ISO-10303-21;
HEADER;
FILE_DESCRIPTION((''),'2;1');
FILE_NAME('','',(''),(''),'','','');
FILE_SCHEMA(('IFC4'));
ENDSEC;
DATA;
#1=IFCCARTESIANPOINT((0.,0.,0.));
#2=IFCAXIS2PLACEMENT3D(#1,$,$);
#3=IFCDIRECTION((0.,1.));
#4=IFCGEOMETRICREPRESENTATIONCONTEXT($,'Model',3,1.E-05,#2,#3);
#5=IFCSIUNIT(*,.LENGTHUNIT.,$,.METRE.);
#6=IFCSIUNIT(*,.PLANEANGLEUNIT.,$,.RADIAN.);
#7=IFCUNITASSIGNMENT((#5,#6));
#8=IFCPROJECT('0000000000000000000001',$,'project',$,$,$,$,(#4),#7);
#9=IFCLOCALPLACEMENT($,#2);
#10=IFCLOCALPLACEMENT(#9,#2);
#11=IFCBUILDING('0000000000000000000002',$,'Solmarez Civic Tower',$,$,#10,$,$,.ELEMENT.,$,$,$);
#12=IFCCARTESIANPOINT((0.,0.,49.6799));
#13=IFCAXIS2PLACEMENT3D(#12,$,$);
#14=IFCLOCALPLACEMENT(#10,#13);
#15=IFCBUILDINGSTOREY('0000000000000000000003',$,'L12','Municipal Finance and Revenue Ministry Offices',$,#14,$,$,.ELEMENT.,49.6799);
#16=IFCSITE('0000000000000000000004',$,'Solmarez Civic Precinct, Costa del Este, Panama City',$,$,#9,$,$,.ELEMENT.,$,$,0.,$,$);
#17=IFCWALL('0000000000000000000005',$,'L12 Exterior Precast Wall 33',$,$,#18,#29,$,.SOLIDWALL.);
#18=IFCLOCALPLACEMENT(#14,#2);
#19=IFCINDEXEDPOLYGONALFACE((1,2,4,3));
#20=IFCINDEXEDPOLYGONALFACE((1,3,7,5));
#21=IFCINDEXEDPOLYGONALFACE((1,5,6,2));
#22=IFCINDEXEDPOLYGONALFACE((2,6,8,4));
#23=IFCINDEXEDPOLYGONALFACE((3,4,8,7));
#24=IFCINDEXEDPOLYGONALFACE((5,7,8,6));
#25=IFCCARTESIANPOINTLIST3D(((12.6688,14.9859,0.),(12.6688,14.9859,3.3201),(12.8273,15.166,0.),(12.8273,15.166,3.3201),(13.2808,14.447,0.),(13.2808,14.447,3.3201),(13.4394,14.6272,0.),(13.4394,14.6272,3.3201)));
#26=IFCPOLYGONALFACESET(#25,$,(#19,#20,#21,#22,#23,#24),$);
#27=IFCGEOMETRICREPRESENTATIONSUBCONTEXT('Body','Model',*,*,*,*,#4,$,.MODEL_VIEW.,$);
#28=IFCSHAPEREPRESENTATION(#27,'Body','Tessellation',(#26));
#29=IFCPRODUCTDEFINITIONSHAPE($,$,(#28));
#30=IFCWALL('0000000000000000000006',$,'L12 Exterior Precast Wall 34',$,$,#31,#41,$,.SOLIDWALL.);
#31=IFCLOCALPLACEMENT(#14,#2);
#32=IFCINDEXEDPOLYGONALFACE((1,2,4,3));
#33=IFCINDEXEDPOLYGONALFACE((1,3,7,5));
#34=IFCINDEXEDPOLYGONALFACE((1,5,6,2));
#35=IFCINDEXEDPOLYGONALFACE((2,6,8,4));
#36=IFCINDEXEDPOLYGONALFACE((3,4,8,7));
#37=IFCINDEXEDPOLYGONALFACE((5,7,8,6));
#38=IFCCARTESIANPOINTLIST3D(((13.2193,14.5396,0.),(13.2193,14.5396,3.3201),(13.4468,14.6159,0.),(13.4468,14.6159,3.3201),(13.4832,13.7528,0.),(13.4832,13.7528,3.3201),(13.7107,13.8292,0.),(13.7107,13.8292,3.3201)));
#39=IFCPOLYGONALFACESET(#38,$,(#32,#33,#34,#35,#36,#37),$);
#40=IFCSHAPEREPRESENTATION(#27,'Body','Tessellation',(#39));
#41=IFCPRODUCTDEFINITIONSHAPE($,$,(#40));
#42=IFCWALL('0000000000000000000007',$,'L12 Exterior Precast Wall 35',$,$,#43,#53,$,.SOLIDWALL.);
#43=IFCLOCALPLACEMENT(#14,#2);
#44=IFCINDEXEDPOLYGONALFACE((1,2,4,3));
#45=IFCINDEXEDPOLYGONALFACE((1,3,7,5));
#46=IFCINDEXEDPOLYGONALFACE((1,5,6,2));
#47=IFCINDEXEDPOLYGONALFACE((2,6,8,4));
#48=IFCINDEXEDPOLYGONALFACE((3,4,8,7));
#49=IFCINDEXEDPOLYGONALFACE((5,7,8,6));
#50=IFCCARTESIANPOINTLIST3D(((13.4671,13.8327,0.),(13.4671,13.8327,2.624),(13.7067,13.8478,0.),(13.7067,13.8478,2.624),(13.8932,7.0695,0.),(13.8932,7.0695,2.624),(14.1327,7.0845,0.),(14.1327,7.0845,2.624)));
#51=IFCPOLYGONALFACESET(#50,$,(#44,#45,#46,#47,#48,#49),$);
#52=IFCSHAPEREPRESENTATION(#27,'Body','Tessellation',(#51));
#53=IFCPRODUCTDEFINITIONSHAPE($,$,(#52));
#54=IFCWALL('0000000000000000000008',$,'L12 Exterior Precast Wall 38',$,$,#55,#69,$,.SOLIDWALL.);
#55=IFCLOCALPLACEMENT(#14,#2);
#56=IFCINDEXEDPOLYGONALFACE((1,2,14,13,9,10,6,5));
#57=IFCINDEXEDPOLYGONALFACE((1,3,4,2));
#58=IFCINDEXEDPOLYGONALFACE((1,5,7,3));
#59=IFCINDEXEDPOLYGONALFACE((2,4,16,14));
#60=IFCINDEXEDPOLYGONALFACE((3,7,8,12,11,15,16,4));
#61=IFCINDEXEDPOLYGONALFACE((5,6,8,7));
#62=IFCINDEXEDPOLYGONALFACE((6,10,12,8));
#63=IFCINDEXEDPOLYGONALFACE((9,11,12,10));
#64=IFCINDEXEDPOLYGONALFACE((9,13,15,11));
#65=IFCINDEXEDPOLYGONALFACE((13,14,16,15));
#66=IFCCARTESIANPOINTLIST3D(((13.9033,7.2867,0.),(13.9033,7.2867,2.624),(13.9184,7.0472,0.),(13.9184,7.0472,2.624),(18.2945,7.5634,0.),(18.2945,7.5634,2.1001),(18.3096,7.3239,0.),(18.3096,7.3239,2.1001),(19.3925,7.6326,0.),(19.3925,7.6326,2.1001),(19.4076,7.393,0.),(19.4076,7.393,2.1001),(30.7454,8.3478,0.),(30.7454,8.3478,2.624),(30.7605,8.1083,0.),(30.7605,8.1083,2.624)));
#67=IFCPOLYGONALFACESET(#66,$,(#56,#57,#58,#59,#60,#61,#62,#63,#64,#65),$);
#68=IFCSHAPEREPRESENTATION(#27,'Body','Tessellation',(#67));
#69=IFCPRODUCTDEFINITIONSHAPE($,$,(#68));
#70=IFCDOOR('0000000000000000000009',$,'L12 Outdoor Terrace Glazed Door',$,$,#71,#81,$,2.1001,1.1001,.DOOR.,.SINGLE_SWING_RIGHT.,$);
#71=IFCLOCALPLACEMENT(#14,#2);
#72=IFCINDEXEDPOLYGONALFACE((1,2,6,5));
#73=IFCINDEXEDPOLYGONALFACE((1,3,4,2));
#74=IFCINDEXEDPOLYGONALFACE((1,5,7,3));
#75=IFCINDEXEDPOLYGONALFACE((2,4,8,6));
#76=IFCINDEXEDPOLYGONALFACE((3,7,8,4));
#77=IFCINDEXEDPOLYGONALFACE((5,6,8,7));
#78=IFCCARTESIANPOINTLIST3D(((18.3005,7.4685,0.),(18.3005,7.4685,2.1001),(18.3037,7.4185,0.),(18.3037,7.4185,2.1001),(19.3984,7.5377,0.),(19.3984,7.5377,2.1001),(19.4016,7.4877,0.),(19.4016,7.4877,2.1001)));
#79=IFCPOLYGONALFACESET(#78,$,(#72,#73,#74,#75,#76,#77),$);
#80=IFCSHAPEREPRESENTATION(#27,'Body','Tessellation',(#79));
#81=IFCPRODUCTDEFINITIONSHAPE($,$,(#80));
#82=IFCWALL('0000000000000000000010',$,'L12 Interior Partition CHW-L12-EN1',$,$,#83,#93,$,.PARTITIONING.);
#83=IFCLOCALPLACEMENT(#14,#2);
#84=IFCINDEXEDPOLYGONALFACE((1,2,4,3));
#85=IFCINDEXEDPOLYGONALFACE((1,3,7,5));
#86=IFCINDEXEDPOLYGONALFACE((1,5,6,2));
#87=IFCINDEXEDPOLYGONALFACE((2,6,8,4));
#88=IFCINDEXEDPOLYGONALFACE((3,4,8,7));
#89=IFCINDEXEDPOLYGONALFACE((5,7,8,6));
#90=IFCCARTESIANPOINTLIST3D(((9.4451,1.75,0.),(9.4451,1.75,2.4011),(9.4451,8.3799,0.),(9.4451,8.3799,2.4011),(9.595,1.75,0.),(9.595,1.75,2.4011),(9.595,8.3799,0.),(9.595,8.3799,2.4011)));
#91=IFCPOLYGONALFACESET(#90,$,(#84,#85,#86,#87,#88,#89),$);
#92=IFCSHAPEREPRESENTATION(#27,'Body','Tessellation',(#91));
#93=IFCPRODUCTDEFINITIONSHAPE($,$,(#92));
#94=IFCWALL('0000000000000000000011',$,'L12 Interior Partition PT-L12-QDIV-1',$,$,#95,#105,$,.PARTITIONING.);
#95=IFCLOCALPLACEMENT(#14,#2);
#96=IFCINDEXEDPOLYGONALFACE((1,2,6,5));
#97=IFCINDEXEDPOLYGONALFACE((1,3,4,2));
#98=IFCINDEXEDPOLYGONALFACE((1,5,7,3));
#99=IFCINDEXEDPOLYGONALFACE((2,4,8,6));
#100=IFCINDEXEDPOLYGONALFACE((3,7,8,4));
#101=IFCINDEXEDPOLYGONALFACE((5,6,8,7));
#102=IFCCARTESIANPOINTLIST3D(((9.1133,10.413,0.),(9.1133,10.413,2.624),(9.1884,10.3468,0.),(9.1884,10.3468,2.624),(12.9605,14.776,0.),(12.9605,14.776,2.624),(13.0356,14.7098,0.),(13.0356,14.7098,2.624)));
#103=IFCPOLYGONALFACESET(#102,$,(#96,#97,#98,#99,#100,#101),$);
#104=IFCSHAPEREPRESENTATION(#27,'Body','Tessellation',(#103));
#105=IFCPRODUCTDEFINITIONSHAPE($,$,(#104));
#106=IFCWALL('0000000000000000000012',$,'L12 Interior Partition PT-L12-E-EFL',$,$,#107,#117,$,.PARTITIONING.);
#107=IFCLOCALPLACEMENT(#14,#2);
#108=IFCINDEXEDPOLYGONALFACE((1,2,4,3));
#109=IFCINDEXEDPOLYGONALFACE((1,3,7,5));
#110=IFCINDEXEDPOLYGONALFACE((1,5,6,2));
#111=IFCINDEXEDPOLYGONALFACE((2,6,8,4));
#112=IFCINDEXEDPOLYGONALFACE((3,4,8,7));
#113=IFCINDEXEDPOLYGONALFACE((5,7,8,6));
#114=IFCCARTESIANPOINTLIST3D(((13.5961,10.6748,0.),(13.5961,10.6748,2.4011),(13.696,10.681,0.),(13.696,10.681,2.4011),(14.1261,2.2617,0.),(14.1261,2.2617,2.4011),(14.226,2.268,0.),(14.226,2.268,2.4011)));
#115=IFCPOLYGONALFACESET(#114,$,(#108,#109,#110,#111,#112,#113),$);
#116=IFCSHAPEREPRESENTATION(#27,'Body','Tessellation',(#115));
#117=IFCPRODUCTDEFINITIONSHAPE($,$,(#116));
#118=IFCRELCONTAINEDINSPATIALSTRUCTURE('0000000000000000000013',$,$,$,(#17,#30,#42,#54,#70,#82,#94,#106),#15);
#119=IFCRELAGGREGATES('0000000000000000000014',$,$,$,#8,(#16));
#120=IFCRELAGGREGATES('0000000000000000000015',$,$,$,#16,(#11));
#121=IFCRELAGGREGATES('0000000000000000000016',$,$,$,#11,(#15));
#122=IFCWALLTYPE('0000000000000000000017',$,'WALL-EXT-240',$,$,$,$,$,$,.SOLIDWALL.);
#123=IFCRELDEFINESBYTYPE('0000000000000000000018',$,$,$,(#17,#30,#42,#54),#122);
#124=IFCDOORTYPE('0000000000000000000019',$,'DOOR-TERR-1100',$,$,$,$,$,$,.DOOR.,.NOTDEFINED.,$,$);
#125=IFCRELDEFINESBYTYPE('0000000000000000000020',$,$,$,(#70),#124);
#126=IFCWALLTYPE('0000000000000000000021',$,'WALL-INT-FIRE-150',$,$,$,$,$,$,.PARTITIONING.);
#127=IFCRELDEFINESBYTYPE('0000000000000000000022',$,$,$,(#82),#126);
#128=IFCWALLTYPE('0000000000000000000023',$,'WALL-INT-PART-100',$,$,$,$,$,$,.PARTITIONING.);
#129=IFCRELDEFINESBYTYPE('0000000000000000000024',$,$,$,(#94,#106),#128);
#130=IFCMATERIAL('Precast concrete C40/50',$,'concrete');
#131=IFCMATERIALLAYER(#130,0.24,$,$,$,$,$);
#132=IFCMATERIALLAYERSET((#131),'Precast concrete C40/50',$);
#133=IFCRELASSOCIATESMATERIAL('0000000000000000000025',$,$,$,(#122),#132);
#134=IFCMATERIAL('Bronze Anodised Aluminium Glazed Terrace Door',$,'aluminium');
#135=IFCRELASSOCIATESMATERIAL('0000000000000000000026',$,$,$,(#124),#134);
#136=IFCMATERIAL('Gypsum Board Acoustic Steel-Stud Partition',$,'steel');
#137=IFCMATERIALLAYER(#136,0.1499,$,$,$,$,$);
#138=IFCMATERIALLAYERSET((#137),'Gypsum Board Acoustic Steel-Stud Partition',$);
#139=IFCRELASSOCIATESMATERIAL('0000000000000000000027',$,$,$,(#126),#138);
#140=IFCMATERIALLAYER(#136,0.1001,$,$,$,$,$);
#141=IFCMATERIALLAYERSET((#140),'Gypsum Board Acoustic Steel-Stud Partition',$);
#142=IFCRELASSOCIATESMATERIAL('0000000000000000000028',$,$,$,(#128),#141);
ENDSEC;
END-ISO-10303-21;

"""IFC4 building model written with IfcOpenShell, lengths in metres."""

from ifc_helpers import new_model, si_unit, direction, frame, frame_2d, origin, place, context, subcontext, project, spatial, rectangle, extrude, material, layer, layer_set, type_object, element, fill, save


model = new_model("IFC4")

# Units and contexts
model_context = context("Model", 3, precision=1e-05, world=origin(), true_north=direction((0.0, 1.0)))
body_context = subcontext(model_context, "Body", "Model", "MODEL_VIEW")
ifc_project = project(units=[si_unit("LENGTHUNIT", "METRE"), si_unit("PLANEANGLEUNIT", "RADIAN")], contexts=[model_context])

# Site, building, storey
site_placement = place(None, origin())
site = spatial("IfcSite", under=ifc_project, at=site_placement, Name="Solmarez Civic Precinct, Costa del Este, Panama City", CompositionType="ELEMENT", RefElevation=0.0)
building_placement = place(site_placement, origin())
building = spatial("IfcBuilding", under=site, at=building_placement, Name="Solmarez Civic Tower", CompositionType="ELEMENT")
storey_placement = place(building_placement, frame((0.0, 0.0, 49.6799)))
storey = spatial("IfcBuildingStorey", under=building, at=storey_placement, Name="L12", Description="Municipal Finance and Revenue Ministry Offices", CompositionType="ELEMENT", Elevation=49.6799)

# Walls
ifc_material_1 = material(Name="Precast concrete C40/50", Category="concrete")
ifc_layer_1 = layer(ifc_material_1, 0.24)
ifc_layer_set_1 = layer_set([ifc_layer_1], Name="Precast concrete C40/50")
wall_type_1 = type_object("IfcWallType", Name="WALL-EXT-240", PredefinedType="SOLIDWALL", material=ifc_layer_set_1)
wall_1_placement = place(storey_placement, frame((12.748, 15.0759, 0.0), z_axis=(0.0, 0.0, 1.0), x_axis=(0.750589, -0.66077, 0.0)))
element("IfcWall", 1, at=wall_1_placement, inside=storey, type_object=wall_type_1, Name="L12 Exterior Precast Wall 33", PredefinedType="SOLIDWALL", context=body_context, shape_type="SweptSolid", body=[
    extrude(rectangle(XDim=0.8154, YDim=0.24, at=frame_2d((0.4077, 0.0))), origin(), (0.0, 0.0, 1.0), 3.3201),
])
wall_2_placement = place(storey_placement, frame((13.333, 14.5779, 0.0), z_axis=(0.0, 0.0, 1.0), x_axis=(0.317992, -0.948093, 0.0)))
element("IfcWall", 2, at=wall_2_placement, inside=storey, type_object=wall_type_1, Name="L12 Exterior Precast Wall 34", PredefinedType="SOLIDWALL", context=body_context, shape_type="SweptSolid", body=[
    extrude(rectangle(XDim=0.8298, YDim=0.24, at=frame_2d((0.415, 0.0))), origin(), (0.0, 0.0, 1.0), 3.3201),
])
wall_3_placement = place(storey_placement, frame((13.5869, 13.8401, 0.0), z_axis=(0.0, 0.0, 1.0), x_axis=(0.062867, -0.998022, 0.0)))
element("IfcWall", 3, at=wall_3_placement, inside=storey, type_object=wall_type_1, Name="L12 Exterior Precast Wall 35", PredefinedType="SOLIDWALL", context=body_context, shape_type="SweptSolid", body=[
    extrude(rectangle(XDim=6.7766, YDim=0.24, at=frame_2d((3.3882, 0.0))), origin(), (0.0, 0.0, 1.0), 2.624),
])

# Wall, opening, door
wall_4_placement = place(storey_placement, frame((13.9109, 7.167, 0.0), z_axis=(0.0, 0.0, 1.0), x_axis=(0.998021, 0.062875, 0.0)))
wall_4 = element("IfcWall", 4, at=wall_4_placement, inside=storey, type_object=wall_type_1, Name="L12 Exterior Precast Wall 38", PredefinedType="SOLIDWALL", context=body_context, shape_type="SweptSolid", body=[
    extrude(rectangle(XDim=16.8755, YDim=0.24, at=frame_2d((8.4377, 0.0))), origin(), (0.0, 0.0, 1.0), 2.624),
])
opening_placement = place(wall_4_placement, frame((4.3999, 0.0, 0.0)))
opening = element("IfcOpeningElement", 5, at=opening_placement, cuts=wall_4, PredefinedType="OPENING", context=body_context, shape_type="SweptSolid", body=[
    extrude(rectangle(XDim=1.1001, YDim=2.1001, at=frame_2d((0.55, 1.05))), frame((0.0, 0.1299, 0.0), z_axis=(0.0, -1.0, 0.0), x_axis=(1.0, 0.0, 0.0)), (0.0, 0.0, 1.0), 0.26),
])
ifc_material_2 = material(Name="Bronze Anodised Aluminium Glazed Terrace Door", Category="aluminium")
door_type = type_object("IfcDoorType", Name="DOOR-TERR-1100", OperationType="NOTDEFINED", PredefinedType="DOOR", material=ifc_material_2)
door_placement = place(opening_placement, origin())
door = element("IfcDoor", 6, at=door_placement, inside=storey, type_object=door_type, Name="L12 Outdoor Terrace Glazed Door", OperationType="SINGLE_SWING_RIGHT", OverallHeight=2.1001, OverallWidth=1.1001, PredefinedType="DOOR", context=body_context, shape_type="SweptSolid", body=[
    extrude(rectangle(XDim=1.1001, YDim=2.1001, at=frame_2d((0.55, 1.05))), frame((0.0, 0.0249, 0.0), z_axis=(0.0, -1.0, 0.0), x_axis=(1.0, 0.0, 0.0)), (0.0, 0.0, 1.0), 0.05),
])
fill(opening, door)

# Walls
ifc_material_3 = material(Name="Gypsum Board Acoustic Steel-Stud Partition", Category="steel")
ifc_layer_2 = layer(ifc_material_3, 0.1499)
ifc_layer_set_2 = layer_set([ifc_layer_2], Name="Gypsum Board Acoustic Steel-Stud Partition")
wall_type_2 = type_object("IfcWallType", Name="WALL-INT-FIRE-150", PredefinedType="PARTITIONING", material=ifc_layer_set_2)
wall_5_placement = place(storey_placement, frame((9.52, 1.75, 0.0), z_axis=(0.0, 0.0, 1.0), x_axis=(0.0, 1.0, 0.0)))
element("IfcWall", 7, at=wall_5_placement, inside=storey, type_object=wall_type_2, Name="L12 Interior Partition CHW-L12-EN1", PredefinedType="PARTITIONING", context=body_context, shape_type="SweptSolid", body=[
    extrude(rectangle(XDim=6.6299, YDim=0.1499, at=frame_2d((3.3149, 0.0))), origin(), (0.0, 0.0, 1.0), 2.4011),
])
ifc_layer_3 = layer(ifc_material_3, 0.1001)
ifc_layer_set_3 = layer_set([ifc_layer_3], Name="Gypsum Board Acoustic Steel-Stud Partition")
wall_type_3 = type_object("IfcWallType", Name="WALL-INT-PART-100", PredefinedType="PARTITIONING", material=ifc_layer_set_3)
wall_6_placement = place(storey_placement, frame((9.1509, 10.3799, 0.0), z_axis=(0.0, 0.0, 1.0), x_axis=(0.661373, 0.750057, 0.0)))
element("IfcWall", 8, at=wall_6_placement, inside=storey, type_object=wall_type_3, Name="L12 Interior Partition PT-L12-QDIV-1", PredefinedType="PARTITIONING", context=body_context, shape_type="SweptSolid", body=[
    extrude(rectangle(XDim=5.8169, YDim=0.1001, at=frame_2d((2.9084, 0.0))), origin(), (0.0, 0.0, 1.0), 2.624),
])
wall_7_placement = place(storey_placement, frame((14.176, 2.2649, 0.0), z_axis=(0.0, 0.0, 1.0), x_axis=(-0.062876, 0.998021, 0.0)))
element("IfcWall", 9, at=wall_7_placement, inside=storey, type_object=wall_type_3, Name="L12 Interior Partition PT-L12-E-EFL", PredefinedType="PARTITIONING", context=body_context, shape_type="SweptSolid", body=[
    extrude(rectangle(XDim=8.4297, YDim=0.1001, at=frame_2d((4.2148, 0.0))), origin(), (0.0, 0.0, 1.0), 2.4011),
])

save(model, "model.ifc")
